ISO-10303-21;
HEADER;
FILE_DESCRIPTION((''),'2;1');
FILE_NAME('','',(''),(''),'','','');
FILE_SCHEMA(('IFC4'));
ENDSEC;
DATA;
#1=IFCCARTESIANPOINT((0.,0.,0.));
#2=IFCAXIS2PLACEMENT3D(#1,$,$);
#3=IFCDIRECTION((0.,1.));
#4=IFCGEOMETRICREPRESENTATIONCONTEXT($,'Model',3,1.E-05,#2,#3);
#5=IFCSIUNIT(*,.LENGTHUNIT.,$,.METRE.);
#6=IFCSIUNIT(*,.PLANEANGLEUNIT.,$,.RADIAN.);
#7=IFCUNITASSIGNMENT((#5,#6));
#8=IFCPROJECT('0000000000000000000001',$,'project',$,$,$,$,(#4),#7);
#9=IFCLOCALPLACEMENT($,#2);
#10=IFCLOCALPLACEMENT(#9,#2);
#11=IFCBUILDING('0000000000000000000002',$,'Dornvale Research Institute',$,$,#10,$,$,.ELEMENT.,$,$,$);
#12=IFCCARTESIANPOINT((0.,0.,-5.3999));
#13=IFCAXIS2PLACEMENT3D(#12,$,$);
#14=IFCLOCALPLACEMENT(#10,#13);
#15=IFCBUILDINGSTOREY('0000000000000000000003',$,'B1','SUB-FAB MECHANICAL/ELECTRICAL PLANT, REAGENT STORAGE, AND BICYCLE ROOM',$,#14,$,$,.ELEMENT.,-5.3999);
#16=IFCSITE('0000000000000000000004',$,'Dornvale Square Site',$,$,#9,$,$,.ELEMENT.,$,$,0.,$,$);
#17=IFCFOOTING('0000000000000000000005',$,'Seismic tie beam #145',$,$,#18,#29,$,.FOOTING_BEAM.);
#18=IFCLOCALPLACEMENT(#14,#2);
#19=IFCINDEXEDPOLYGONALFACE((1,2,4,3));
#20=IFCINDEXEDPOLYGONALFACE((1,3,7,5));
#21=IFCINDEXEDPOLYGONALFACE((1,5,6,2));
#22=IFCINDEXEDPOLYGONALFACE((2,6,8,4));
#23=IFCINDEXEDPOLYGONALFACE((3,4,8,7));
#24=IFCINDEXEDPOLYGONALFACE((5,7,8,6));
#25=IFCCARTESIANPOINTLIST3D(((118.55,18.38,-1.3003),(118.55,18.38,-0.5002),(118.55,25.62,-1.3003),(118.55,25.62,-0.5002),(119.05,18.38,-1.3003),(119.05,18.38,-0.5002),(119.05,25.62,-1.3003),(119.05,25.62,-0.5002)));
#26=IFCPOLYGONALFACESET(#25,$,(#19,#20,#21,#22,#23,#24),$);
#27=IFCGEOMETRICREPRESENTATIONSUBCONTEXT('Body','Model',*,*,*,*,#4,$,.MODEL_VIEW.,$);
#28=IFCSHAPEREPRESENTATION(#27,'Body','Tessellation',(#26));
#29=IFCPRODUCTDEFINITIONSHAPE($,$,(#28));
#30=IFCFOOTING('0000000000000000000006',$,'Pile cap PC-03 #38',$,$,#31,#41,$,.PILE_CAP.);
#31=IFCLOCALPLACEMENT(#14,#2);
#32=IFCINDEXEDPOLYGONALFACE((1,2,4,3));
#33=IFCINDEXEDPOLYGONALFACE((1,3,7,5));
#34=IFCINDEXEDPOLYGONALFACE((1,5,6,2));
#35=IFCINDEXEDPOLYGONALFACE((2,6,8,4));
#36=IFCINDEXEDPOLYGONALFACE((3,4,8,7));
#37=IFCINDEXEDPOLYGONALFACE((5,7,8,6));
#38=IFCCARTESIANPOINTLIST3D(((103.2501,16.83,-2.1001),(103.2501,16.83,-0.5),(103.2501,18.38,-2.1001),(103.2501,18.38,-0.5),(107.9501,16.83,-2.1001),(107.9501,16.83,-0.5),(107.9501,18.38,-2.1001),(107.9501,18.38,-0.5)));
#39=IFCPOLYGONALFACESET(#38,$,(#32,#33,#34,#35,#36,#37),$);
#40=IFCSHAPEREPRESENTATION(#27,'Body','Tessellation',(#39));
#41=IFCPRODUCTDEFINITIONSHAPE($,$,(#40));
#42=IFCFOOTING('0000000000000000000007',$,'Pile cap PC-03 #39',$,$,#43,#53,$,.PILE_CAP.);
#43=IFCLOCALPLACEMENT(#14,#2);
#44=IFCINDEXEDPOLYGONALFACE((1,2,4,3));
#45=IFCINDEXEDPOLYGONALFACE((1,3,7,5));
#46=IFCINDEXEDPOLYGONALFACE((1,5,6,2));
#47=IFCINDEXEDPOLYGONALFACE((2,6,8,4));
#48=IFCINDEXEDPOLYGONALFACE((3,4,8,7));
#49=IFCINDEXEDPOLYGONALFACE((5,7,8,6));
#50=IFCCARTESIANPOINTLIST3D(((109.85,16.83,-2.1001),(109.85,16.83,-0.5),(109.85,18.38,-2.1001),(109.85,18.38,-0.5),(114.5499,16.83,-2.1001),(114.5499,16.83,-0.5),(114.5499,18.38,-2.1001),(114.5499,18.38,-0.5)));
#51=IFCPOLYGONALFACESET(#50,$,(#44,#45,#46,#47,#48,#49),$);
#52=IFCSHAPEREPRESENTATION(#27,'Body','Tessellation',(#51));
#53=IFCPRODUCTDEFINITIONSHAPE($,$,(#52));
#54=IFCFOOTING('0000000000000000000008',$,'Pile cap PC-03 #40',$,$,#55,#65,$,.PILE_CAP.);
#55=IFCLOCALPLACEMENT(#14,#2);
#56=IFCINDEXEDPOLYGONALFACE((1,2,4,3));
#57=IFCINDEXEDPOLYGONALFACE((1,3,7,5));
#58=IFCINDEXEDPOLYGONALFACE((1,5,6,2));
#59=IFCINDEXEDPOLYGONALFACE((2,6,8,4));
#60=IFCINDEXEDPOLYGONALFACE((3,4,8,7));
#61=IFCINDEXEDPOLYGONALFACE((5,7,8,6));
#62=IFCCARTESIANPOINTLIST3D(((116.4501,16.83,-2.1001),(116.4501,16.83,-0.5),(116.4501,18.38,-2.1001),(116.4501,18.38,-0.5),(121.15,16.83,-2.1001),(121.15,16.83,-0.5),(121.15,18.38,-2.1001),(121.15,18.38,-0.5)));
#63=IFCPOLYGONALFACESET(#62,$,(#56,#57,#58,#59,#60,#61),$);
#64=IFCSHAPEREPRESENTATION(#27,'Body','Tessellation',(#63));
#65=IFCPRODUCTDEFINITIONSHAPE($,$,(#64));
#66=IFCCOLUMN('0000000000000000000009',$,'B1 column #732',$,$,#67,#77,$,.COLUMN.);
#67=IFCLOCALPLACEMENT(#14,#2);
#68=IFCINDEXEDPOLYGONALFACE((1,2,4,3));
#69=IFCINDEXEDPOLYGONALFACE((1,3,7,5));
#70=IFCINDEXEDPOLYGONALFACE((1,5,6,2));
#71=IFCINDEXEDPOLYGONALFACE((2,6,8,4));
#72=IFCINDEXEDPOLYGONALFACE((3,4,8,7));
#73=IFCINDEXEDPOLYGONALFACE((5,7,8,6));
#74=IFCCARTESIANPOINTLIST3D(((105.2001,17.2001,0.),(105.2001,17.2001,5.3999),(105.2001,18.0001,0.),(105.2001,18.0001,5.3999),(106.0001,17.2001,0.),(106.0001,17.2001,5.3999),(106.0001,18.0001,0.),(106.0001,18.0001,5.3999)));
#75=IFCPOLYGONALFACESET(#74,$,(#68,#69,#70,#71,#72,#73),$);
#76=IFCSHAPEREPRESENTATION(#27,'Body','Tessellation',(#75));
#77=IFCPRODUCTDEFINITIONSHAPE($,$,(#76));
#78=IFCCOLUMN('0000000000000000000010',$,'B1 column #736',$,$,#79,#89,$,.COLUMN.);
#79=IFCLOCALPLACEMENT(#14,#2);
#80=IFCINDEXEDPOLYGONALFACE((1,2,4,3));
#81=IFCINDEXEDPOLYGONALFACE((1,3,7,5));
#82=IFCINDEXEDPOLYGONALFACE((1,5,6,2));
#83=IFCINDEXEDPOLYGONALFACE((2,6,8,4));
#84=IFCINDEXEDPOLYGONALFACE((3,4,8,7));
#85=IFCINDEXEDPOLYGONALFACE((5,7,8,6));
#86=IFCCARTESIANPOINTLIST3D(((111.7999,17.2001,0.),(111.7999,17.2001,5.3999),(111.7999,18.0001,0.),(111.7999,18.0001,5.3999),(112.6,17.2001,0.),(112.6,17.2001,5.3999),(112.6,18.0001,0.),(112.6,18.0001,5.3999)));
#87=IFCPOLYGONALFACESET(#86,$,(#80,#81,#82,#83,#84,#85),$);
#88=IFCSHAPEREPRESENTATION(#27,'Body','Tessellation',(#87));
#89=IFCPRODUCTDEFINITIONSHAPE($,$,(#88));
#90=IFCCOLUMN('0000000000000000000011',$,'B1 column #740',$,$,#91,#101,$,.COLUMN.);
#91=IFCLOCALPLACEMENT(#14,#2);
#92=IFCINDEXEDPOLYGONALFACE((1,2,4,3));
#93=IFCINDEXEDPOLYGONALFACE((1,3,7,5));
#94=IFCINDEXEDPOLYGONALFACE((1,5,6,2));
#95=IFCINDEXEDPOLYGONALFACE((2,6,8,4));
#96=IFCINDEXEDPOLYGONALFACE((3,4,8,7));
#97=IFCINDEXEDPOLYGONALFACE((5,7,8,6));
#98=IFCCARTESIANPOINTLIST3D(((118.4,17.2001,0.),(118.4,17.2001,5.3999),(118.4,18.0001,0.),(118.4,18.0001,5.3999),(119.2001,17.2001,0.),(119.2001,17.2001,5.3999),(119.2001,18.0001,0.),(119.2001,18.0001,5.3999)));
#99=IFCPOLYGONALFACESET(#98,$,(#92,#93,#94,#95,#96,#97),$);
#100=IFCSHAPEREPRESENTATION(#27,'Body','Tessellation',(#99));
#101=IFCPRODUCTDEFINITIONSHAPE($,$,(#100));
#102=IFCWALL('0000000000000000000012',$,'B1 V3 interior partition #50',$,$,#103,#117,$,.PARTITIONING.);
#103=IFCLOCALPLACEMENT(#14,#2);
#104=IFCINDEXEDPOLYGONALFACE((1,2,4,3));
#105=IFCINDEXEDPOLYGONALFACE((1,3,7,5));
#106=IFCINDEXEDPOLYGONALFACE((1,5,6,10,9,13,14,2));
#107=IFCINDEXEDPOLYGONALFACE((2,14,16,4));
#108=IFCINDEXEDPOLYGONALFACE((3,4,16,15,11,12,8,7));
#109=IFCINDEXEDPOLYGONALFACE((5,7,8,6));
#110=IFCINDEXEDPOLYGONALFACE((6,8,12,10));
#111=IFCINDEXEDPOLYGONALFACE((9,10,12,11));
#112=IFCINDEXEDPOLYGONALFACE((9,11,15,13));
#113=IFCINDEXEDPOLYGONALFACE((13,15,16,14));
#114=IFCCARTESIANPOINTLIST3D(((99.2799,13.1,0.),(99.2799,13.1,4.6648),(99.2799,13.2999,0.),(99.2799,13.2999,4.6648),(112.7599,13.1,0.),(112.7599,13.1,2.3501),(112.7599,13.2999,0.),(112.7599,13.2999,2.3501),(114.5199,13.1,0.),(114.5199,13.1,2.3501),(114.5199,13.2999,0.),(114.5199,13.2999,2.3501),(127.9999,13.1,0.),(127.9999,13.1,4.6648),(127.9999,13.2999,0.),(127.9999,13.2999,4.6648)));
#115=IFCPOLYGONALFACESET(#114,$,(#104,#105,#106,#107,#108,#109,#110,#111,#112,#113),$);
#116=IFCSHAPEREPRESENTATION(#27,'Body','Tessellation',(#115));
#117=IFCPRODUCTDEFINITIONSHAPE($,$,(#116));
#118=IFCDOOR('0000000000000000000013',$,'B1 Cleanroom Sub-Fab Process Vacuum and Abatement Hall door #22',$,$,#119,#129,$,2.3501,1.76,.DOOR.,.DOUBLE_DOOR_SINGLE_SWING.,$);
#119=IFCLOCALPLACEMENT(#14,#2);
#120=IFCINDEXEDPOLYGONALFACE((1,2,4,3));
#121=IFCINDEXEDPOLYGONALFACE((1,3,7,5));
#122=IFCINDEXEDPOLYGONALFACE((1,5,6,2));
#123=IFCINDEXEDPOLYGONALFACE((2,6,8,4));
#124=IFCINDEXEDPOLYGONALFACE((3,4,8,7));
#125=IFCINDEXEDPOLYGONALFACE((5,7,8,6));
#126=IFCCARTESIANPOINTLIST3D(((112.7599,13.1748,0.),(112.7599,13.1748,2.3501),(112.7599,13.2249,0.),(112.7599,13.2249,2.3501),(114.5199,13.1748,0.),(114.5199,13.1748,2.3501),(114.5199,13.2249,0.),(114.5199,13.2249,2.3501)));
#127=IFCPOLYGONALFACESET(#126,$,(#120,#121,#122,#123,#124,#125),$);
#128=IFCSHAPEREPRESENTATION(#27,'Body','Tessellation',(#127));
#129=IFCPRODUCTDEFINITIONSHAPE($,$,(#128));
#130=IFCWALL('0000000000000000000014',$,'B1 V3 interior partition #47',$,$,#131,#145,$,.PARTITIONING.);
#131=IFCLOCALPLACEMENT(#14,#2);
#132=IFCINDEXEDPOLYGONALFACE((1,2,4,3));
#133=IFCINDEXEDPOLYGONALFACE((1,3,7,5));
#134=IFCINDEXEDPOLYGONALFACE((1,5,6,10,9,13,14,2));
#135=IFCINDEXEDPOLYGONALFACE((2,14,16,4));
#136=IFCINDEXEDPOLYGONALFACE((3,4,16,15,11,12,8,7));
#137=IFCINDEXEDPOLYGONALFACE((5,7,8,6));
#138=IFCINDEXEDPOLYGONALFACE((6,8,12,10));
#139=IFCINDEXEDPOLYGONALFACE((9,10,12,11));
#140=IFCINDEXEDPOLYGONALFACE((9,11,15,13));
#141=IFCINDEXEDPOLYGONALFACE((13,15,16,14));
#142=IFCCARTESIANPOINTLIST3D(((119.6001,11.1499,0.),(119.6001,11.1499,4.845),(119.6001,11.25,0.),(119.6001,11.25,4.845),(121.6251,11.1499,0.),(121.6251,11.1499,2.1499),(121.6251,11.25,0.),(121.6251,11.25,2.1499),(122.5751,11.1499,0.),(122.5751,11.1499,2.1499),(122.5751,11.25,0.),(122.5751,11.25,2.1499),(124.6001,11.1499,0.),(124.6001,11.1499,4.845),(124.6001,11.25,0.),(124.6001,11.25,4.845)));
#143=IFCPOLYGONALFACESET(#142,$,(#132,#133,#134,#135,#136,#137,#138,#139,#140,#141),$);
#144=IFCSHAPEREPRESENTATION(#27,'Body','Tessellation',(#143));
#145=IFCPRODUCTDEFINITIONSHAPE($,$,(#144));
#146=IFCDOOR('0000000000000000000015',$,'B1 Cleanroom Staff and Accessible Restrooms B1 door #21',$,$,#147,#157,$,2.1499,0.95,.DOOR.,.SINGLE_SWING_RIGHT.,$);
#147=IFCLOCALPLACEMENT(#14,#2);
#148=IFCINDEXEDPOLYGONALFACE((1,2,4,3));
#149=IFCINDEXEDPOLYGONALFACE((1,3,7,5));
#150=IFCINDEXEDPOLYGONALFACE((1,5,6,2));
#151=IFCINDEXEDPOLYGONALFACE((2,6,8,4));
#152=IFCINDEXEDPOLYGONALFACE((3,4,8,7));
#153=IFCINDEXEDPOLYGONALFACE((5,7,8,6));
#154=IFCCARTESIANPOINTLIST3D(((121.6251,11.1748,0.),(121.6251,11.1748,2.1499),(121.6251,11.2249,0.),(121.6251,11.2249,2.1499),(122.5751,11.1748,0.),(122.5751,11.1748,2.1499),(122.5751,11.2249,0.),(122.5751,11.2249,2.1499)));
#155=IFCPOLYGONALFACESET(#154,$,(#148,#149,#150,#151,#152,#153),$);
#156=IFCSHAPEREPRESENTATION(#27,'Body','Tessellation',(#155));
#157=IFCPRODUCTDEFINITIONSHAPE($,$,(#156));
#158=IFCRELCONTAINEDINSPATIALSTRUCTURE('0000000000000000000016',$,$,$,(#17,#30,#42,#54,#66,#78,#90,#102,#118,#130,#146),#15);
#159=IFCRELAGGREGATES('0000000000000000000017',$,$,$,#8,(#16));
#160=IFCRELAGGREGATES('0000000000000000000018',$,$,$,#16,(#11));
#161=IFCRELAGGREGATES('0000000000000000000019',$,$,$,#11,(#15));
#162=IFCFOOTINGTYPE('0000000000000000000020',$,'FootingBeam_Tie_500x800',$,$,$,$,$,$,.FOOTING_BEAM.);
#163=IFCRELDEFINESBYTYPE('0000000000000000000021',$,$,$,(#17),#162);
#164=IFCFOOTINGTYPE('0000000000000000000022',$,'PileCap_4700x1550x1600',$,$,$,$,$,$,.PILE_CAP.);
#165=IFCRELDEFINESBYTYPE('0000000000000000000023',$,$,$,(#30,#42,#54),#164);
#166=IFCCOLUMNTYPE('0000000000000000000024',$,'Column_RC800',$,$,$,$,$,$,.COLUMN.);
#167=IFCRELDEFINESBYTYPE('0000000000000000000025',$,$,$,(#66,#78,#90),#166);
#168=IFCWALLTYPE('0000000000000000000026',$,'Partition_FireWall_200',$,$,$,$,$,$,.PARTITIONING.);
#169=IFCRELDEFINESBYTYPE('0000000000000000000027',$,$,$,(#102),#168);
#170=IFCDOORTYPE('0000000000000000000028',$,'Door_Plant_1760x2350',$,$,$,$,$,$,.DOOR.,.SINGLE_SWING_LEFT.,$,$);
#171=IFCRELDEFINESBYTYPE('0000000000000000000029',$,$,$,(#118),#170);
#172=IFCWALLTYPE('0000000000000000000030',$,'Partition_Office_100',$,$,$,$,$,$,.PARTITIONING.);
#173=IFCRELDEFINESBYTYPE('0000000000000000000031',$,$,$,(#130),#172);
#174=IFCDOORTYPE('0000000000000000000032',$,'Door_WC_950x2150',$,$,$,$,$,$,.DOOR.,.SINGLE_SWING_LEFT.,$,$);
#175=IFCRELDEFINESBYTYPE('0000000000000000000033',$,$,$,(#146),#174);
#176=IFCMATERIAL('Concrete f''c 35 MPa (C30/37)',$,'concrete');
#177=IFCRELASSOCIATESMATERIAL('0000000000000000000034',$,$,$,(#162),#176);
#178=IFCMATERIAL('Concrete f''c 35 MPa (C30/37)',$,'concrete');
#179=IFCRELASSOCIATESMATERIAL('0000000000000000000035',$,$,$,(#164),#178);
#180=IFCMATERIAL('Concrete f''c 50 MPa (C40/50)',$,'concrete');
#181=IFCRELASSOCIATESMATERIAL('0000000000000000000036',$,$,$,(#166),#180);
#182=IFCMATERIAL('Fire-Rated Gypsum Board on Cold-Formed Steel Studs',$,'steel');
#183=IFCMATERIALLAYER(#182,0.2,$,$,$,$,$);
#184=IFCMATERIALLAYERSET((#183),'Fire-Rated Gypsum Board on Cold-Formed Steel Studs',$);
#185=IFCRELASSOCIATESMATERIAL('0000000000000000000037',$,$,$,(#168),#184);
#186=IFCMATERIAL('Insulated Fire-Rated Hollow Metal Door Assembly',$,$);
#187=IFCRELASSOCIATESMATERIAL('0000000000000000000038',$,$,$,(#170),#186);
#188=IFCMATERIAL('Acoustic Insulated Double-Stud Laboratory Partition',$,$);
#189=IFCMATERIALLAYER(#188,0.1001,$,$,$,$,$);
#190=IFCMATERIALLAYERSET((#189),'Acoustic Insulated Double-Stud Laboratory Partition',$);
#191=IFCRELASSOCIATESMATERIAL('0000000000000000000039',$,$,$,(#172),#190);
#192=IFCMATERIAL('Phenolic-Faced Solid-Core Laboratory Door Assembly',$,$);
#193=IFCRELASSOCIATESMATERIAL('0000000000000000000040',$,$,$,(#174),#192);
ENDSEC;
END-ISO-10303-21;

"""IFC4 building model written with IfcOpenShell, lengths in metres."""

from ifc_helpers import new_model, si_unit, direction, frame, frame_2d, origin, origin_2d, place, context, subcontext, project, spatial, rectangle, extrude, material, layer, layer_set, material_profile, profile_set, type_object, element, fill, save


model = new_model("IFC4")

# Units and contexts
model_context = context("Model", 3, precision=1e-05, world=origin(), true_north=direction((0.0, 1.0)))
body_context = subcontext(model_context, "Body", "Model", "MODEL_VIEW")
ifc_project = project(units=[si_unit("LENGTHUNIT", "METRE"), si_unit("PLANEANGLEUNIT", "RADIAN")], contexts=[model_context])

# Site, building, storey
site_placement = place(None, origin())
site = spatial("IfcSite", under=ifc_project, at=site_placement, Name="Dornvale Square Site", CompositionType="ELEMENT", RefElevation=0.0)
building_placement = place(site_placement, origin())
building = spatial("IfcBuilding", under=site, at=building_placement, Name="Dornvale Research Institute", CompositionType="ELEMENT")
storey_placement = place(building_placement, frame((0.0, 0.0, -5.3999)))
storey = spatial("IfcBuildingStorey", under=building, at=storey_placement, Name="B1", Description="SUB-FAB MECHANICAL/ELECTRICAL PLANT, REAGENT STORAGE, AND BICYCLE ROOM", CompositionType="ELEMENT", Elevation=-5.3999)

# Footings
ifc_material_1 = material(Name="Concrete f'c 35 MPa (C30/37)", Category="concrete")
footing_type_1 = type_object("IfcFootingType", Name="FootingBeam_Tie_500x800", PredefinedType="FOOTING_BEAM", material=ifc_material_1)
footing_1_placement = place(storey_placement, frame((118.8, 22.0, -1.3003), z_axis=(0.0, 0.0, 1.0), x_axis=(0.0, 1.0, 0.0)))
element("IfcFooting", 1, at=footing_1_placement, inside=storey, type_object=footing_type_1, Name="Seismic tie beam #145", PredefinedType="FOOTING_BEAM", context=body_context, shape_type="SweptSolid", body=[
    extrude(rectangle(XDim=7.24, YDim=0.5, at=origin_2d()), origin(), (0.0, 0.0, 1.0), 0.8),
])
ifc_material_2 = material(Name="Concrete f'c 35 MPa (C30/37)", Category="concrete")
footing_type_2 = type_object("IfcFootingType", Name="PileCap_4700x1550x1600", PredefinedType="PILE_CAP", material=ifc_material_2)
for number, where, z_axis, x_axis, name in (
    (2, (105.6001, 17.605, -2.1001), (0.0, 0.0, 1.0), (1.0, 0.0, 0.0), "Pile cap PC-03 #38"),
    (3, (112.2, 17.605, -2.1001), (0.0, 0.0, 1.0), (1.0, 0.0, 0.0), "Pile cap PC-03 #39"),
    (4, (118.8, 17.605, -2.1001), (0.0, 0.0, 1.0), (1.0, 0.0, 0.0), "Pile cap PC-03 #40"),
):
    element("IfcFooting", number, at=place(storey_placement, frame(where, z_axis=z_axis, x_axis=x_axis)), inside=storey, type_object=footing_type_2, Name=name, PredefinedType="PILE_CAP", context=body_context, shape_type="SweptSolid", body=[
        extrude(rectangle(XDim=4.7, YDim=1.55, at=origin_2d()), origin(), (0.0, 0.0, 1.0), 1.6001),
    ])

# Columns
ifc_material_3 = material(Name="Concrete f'c 50 MPa (C40/50)", Category="concrete")
ifc_material_profile_1 = material_profile(ifc_material_3, rectangle(XDim=0.8, YDim=0.8, at=origin_2d()), Name="RC 800x800")
ifc_profile_set_1 = profile_set([ifc_material_profile_1], Name="Concrete f'c 50 MPa (C40/50)")
column_type = type_object("IfcColumnType", Name="Column_RC800", PredefinedType="COLUMN", material=ifc_profile_set_1)
for number, where, z_axis, x_axis, name in (
    (5, (105.6001, 17.6001, 0.0), (0.0, 0.0, 1.0), (1.0, 0.0, 0.0), "B1 column #732"),
    (6, (112.2, 17.6001, 0.0), (0.0, 0.0, 1.0), (1.0, 0.0, 0.0), "B1 column #736"),
    (7, (118.8, 17.6001, 0.0), (0.0, 0.0, 1.0), (1.0, 0.0, 0.0), "B1 column #740"),
):
    element("IfcColumn", number, at=place(storey_placement, frame(where, z_axis=z_axis, x_axis=x_axis)), inside=storey, type_object=column_type, Name=name, PredefinedType="COLUMN", context=body_context, shape_type="SweptSolid", body=[
        extrude(rectangle(XDim=0.8, YDim=0.8, at=origin_2d()), origin(), (0.0, 0.0, 1.0), 5.3999),
    ])

# Walls, openings, doors
ifc_material_4 = material(Name="Fire-Rated Gypsum Board on Cold-Formed Steel Studs", Category="steel")
ifc_layer_1 = layer(ifc_material_4, 0.2)
ifc_layer_set_1 = layer_set([ifc_layer_1], Name="Fire-Rated Gypsum Board on Cold-Formed Steel Studs")
wall_type_1 = type_object("IfcWallType", Name="Partition_FireWall_200", PredefinedType="PARTITIONING", material=ifc_layer_set_1)
wall_1_placement = place(storey_placement, frame((99.28, 13.2, 0.0), z_axis=(0.0, 0.0, 1.0), x_axis=(1.0, 0.0, 0.0)))
wall_1 = element("IfcWall", 8, at=wall_1_placement, inside=storey, type_object=wall_type_1, Name="B1 V3 interior partition #50", PredefinedType="PARTITIONING", context=body_context, shape_type="SweptSolid", body=[
    extrude(rectangle(XDim=28.72, YDim=0.2, at=frame_2d((14.3599, 0.0))), origin(), (0.0, 0.0, 1.0), 4.6648),
])
opening_1_placement = place(wall_1_placement, frame((13.48, 0.0, 0.0)))
opening_1 = element("IfcOpeningElement", 9, at=opening_1_placement, cuts=wall_1, PredefinedType="OPENING", context=body_context, shape_type="SweptSolid", body=[
    extrude(rectangle(XDim=1.76, YDim=2.3501, at=frame_2d((0.8799, 1.175))), frame((0.0, 0.115, 0.0), z_axis=(0.0, -1.0, 0.0), x_axis=(1.0, 0.0, 0.0)), (0.0, 0.0, 1.0), 0.23),
])
ifc_material_5 = material(Name="Insulated Fire-Rated Hollow Metal Door Assembly")
door_type_1 = type_object("IfcDoorType", Name="Door_Plant_1760x2350", OperationType="SINGLE_SWING_LEFT", PredefinedType="DOOR", material=ifc_material_5)
door_1_placement = place(opening_1_placement, origin())
door_1 = element("IfcDoor", 10, at=door_1_placement, inside=storey, type_object=door_type_1, Name="B1 Cleanroom Sub-Fab Process Vacuum and Abatement Hall door #22", OperationType="DOUBLE_DOOR_SINGLE_SWING", OverallHeight=2.3501, OverallWidth=1.76, PredefinedType="DOOR", context=body_context, shape_type="SweptSolid", body=[
    extrude(rectangle(XDim=1.76, YDim=2.3501, at=frame_2d((0.8799, 1.175))), frame((0.0, 0.0249, 0.0), z_axis=(0.0, -1.0, 0.0), x_axis=(1.0, 0.0, 0.0)), (0.0, 0.0, 1.0), 0.05),
])
fill(opening_1, door_1)
ifc_material_6 = material(Name="Acoustic Insulated Double-Stud Laboratory Partition")
ifc_layer_2 = layer(ifc_material_6, 0.1001)
ifc_layer_set_2 = layer_set([ifc_layer_2], Name="Acoustic Insulated Double-Stud Laboratory Partition")
wall_type_2 = type_object("IfcWallType", Name="Partition_Office_100", PredefinedType="PARTITIONING", material=ifc_layer_set_2)
wall_2_placement = place(storey_placement, frame((119.6001, 11.2, 0.0), z_axis=(0.0, 0.0, 1.0), x_axis=(1.0, 0.0, 0.0)))
wall_2 = element("IfcWall", 11, at=wall_2_placement, inside=storey, type_object=wall_type_2, Name="B1 V3 interior partition #47", PredefinedType="PARTITIONING", context=body_context, shape_type="SweptSolid", body=[
    extrude(rectangle(XDim=5.0, YDim=0.1001, at=frame_2d((2.5, 0.0))), origin(), (0.0, 0.0, 1.0), 4.845),
])
opening_2_placement = place(wall_2_placement, frame((2.0249, 0.0, 0.0)))
opening_2 = element("IfcOpeningElement", 12, at=opening_2_placement, cuts=wall_2, PredefinedType="OPENING", context=body_context, shape_type="SweptSolid", body=[
    extrude(rectangle(XDim=0.95, YDim=2.1499, at=frame_2d((0.4751, 1.075))), frame((0.0, 0.0649, 0.0), z_axis=(0.0, -1.0, 0.0), x_axis=(1.0, 0.0, 0.0)), (0.0, 0.0, 1.0), 0.1301),
])
ifc_material_7 = material(Name="Phenolic-Faced Solid-Core Laboratory Door Assembly")
door_type_2 = type_object("IfcDoorType", Name="Door_WC_950x2150", OperationType="SINGLE_SWING_LEFT", PredefinedType="DOOR", material=ifc_material_7)
door_2_placement = place(opening_2_placement, origin())
door_2 = element("IfcDoor", 13, at=door_2_placement, inside=storey, type_object=door_type_2, Name="B1 Cleanroom Staff and Accessible Restrooms B1 door #21", OperationType="SINGLE_SWING_RIGHT", OverallHeight=2.1499, OverallWidth=0.95, PredefinedType="DOOR", context=body_context, shape_type="SweptSolid", body=[
    extrude(rectangle(XDim=0.95, YDim=2.1499, at=frame_2d((0.4751, 1.075))), frame((0.0, 0.0249, 0.0), z_axis=(0.0, -1.0, 0.0), x_axis=(1.0, 0.0, 0.0)), (0.0, 0.0, 1.0), 0.05),
])
fill(opening_2, door_2)

save(model, "model.ifc")
